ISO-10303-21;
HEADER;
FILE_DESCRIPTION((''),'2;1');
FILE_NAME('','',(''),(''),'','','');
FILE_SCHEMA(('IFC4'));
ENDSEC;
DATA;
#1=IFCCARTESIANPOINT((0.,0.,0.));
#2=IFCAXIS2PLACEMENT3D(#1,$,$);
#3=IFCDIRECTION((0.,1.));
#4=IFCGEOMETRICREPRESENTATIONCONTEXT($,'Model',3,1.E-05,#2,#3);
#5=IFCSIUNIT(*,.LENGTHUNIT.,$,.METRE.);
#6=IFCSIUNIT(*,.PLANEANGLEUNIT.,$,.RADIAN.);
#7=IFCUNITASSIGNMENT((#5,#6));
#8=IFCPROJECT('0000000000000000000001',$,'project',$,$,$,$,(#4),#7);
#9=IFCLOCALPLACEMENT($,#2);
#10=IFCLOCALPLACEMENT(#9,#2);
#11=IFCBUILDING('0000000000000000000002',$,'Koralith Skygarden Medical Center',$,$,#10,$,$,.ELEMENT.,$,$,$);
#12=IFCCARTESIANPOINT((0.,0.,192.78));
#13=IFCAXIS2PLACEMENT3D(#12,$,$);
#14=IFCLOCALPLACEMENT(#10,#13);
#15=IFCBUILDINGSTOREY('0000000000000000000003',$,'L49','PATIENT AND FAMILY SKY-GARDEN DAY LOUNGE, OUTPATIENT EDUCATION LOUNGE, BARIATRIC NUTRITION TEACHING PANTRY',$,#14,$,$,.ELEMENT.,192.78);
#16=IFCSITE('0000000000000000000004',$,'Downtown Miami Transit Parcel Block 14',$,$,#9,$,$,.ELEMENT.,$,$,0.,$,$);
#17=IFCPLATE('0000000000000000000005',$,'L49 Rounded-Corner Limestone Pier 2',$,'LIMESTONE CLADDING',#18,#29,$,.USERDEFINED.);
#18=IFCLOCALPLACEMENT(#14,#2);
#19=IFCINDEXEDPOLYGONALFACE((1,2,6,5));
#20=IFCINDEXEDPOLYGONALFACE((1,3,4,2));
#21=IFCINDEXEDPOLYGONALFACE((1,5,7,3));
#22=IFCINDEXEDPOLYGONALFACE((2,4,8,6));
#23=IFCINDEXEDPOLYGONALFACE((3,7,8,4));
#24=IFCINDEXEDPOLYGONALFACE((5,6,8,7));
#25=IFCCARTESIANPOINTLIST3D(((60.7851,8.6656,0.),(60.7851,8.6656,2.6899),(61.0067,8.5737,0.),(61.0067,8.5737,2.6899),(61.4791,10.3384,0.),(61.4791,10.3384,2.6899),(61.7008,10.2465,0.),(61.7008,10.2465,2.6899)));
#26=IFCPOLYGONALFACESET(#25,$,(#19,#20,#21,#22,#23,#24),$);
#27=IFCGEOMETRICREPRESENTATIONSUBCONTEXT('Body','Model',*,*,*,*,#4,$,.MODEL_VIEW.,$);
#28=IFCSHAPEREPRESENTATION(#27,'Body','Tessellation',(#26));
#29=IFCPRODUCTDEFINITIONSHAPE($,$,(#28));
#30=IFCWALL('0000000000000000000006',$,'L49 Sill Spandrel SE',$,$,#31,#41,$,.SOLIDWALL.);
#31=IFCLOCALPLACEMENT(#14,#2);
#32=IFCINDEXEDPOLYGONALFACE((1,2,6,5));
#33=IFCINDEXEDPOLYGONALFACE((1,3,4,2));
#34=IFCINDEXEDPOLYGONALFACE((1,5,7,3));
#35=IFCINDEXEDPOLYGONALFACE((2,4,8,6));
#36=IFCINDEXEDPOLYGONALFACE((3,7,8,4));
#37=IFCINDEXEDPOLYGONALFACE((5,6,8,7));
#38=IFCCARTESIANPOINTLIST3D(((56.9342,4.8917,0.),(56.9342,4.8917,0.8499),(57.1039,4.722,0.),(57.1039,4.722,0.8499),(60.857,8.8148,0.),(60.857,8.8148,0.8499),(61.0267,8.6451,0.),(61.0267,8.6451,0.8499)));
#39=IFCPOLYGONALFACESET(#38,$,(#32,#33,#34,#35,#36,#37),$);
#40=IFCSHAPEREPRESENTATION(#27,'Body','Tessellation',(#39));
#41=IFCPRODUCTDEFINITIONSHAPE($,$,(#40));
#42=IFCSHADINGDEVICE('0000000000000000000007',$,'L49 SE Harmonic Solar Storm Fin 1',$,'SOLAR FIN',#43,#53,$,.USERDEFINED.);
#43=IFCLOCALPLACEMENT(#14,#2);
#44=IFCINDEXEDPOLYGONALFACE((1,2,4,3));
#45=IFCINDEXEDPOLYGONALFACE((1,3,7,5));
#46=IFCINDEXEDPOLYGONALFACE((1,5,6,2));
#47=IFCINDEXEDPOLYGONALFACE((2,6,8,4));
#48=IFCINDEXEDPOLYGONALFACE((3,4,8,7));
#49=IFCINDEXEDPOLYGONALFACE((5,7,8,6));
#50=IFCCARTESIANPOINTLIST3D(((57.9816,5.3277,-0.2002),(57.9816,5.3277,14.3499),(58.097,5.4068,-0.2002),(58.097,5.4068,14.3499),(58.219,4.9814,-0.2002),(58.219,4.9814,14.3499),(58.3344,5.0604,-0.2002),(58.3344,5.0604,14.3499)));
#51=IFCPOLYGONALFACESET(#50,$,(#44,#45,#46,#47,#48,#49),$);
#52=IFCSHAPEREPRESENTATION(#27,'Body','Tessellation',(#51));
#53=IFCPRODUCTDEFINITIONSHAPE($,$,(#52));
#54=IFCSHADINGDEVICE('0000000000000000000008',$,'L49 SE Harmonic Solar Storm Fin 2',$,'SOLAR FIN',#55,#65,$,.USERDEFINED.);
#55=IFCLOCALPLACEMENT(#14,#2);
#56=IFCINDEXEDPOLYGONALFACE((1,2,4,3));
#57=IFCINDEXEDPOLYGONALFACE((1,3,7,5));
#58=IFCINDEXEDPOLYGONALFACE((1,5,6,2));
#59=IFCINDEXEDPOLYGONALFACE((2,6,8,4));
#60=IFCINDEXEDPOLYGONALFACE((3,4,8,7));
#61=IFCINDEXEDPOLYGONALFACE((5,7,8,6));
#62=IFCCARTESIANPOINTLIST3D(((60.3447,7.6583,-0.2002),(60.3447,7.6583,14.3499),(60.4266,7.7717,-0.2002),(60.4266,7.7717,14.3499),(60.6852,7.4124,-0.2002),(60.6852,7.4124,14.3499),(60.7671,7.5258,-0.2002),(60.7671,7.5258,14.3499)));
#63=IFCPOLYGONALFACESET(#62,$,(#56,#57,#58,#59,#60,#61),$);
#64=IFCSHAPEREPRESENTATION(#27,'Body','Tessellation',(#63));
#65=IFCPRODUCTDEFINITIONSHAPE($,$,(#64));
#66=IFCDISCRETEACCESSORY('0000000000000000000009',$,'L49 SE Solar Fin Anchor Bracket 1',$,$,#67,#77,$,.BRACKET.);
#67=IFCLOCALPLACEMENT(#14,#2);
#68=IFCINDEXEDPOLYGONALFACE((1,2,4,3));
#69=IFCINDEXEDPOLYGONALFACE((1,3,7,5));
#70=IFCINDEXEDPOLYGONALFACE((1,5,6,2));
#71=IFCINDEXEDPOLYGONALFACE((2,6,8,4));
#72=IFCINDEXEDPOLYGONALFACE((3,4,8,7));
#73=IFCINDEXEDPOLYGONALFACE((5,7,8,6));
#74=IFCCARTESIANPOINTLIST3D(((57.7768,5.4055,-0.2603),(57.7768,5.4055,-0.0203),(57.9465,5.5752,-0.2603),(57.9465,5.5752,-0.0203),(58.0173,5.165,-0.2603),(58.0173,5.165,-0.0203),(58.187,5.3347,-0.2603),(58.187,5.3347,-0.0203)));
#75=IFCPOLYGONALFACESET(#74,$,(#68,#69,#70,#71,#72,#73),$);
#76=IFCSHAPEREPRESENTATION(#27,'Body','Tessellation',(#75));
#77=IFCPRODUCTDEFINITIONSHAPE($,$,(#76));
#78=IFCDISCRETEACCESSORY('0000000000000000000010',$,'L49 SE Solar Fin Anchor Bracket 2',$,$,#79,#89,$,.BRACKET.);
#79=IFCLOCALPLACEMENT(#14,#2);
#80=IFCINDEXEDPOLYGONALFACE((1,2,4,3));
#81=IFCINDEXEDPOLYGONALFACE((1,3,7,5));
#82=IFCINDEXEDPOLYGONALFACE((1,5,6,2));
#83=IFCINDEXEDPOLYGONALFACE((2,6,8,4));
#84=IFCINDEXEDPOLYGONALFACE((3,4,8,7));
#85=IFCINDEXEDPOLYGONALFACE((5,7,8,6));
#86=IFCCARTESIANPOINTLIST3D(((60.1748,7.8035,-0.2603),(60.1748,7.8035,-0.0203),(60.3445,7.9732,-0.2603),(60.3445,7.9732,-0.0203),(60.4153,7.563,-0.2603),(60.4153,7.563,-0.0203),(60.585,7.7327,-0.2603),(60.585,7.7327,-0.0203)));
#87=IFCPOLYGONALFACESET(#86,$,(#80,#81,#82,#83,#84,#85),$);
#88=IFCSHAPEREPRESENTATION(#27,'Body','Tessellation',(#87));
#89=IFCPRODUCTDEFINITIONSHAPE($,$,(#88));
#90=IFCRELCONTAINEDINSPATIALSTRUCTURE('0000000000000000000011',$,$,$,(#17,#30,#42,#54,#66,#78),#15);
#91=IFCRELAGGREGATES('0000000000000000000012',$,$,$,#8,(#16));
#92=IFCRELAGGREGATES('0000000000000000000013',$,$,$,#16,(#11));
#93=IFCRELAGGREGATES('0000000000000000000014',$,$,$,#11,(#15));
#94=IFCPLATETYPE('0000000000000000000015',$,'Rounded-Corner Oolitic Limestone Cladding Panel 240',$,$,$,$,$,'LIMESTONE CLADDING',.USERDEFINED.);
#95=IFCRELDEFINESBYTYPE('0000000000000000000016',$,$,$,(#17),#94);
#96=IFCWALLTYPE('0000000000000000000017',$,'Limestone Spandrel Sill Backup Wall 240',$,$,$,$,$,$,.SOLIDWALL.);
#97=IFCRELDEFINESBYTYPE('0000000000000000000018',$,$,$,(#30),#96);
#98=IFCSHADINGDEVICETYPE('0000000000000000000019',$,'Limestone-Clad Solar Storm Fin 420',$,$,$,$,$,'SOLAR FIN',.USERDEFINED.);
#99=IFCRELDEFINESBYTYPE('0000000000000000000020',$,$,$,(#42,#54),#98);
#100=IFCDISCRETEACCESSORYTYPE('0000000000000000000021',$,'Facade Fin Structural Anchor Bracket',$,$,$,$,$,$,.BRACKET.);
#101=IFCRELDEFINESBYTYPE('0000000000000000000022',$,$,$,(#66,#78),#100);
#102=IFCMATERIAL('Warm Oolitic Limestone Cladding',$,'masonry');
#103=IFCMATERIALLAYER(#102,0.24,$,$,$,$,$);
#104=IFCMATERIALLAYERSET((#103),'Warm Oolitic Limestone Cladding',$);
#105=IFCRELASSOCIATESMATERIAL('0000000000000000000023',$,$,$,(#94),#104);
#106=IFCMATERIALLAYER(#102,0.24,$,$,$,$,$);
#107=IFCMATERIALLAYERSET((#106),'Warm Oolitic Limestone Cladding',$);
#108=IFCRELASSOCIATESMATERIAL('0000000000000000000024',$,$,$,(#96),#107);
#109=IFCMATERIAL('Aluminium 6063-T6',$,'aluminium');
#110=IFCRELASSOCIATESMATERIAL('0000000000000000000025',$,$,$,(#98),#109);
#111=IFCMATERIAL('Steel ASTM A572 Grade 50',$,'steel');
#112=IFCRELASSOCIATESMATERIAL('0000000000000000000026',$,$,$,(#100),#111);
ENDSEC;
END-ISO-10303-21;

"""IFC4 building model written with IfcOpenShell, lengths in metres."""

from ifc_helpers import new_model, si_unit, direction, frame, frame_2d, origin, origin_2d, place, context, subcontext, project, spatial, rectangle, extrude, material, layer, layer_set, type_object, element, save


model = new_model("IFC4")

# Units and contexts
model_context = context("Model", 3, precision=1e-05, world=origin(), true_north=direction((0.0, 1.0)))
body_context = subcontext(model_context, "Body", "Model", "MODEL_VIEW")
ifc_project = project(units=[si_unit("LENGTHUNIT", "METRE"), si_unit("PLANEANGLEUNIT", "RADIAN")], contexts=[model_context])

# Site, building, storey
site_placement = place(None, origin())
site = spatial("IfcSite", under=ifc_project, at=site_placement, Name="Downtown Miami Transit Parcel Block 14", CompositionType="ELEMENT", RefElevation=0.0)
building_placement = place(site_placement, origin())
building = spatial("IfcBuilding", under=site, at=building_placement, Name="Koralith Skygarden Medical Center", CompositionType="ELEMENT")
storey_placement = place(building_placement, frame((0.0, 0.0, 192.78)))
storey = spatial("IfcBuildingStorey", under=building, at=storey_placement, Name="L49", Description="PATIENT AND FAMILY SKY-GARDEN DAY LOUNGE, OUTPATIENT EDUCATION LOUNGE, BARIATRIC NUTRITION TEACHING PANTRY", CompositionType="ELEMENT", Elevation=192.78)

# Shared definitions
ifc_material_1 = material(Name="Aluminium 6063-T6", Category="aluminium")

# Plate
ifc_material_2 = material(Name="Warm Oolitic Limestone Cladding", Category="masonry")
ifc_layer_1 = layer(ifc_material_2, 0.24)
ifc_layer_set_1 = layer_set([ifc_layer_1], Name="Warm Oolitic Limestone Cladding")
plate_type_1 = type_object("IfcPlateType", Name="Rounded-Corner Oolitic Limestone Cladding Panel 240", ElementType="LIMESTONE CLADDING", PredefinedType="USERDEFINED", material=ifc_layer_set_1)
for number, where, z_axis, x_axis, name in (
    (1, (61.2429, 9.4561, 0.0), (0.0, 0.0, 1.0), (0.383214, 0.92366, 0.0), "L49 Rounded-Corner Limestone Pier 2"),
):
    element("IfcPlate", number, at=place(storey_placement, frame(where, z_axis=z_axis, x_axis=x_axis)), inside=storey, type_object=plate_type_1, Name=name, ObjectType="LIMESTONE CLADDING", PredefinedType="USERDEFINED", context=body_context, shape_type="SweptSolid", body=[
        extrude(rectangle(XDim=1.811, YDim=0.24, at=origin_2d()), origin(), (0.0, 0.0, 1.0), 2.6899),
    ])

# Wall
ifc_layer_2 = layer(ifc_material_2, 0.24)
ifc_layer_set_2 = layer_set([ifc_layer_2], Name="Warm Oolitic Limestone Cladding")
wall_type = type_object("IfcWallType", Name="Limestone Spandrel Sill Backup Wall 240", PredefinedType="SOLIDWALL", material=ifc_layer_set_2)
wall_placement = place(storey_placement, frame((57.019, 4.8069, 0.0), z_axis=(0.0, 0.0, 1.0), x_axis=(0.707085, 0.707129, 0.0)))
element("IfcWall", 2, at=wall_placement, inside=storey, type_object=wall_type, Name="L49 Sill Spandrel SE", PredefinedType="SOLIDWALL", context=body_context, shape_type="SweptSolid", body=[
    extrude(rectangle(XDim=5.5479, YDim=0.24, at=frame_2d((2.7739, 0.0))), origin(), (0.0, 0.0, 1.0), 0.8499),
])

# Shading devices
shading_device_type = type_object("IfcShadingDeviceType", Name="Limestone-Clad Solar Storm Fin 420", ElementType="SOLAR FIN", PredefinedType="USERDEFINED", material=ifc_material_1)
for number, where, z_axis, x_axis, name in (
    (3, (58.158, 5.1941, -0.2002), (0.0, 0.0, 1.0), (0.565341, -0.824857, 0.0), "L49 SE Harmonic Solar Storm Fin 1"),
    (4, (60.5559, 7.592, -0.2002), (0.0, 0.0, 1.0), (0.810727, -0.585425, 0.0), "L49 SE Harmonic Solar Storm Fin 2"),
):
    element("IfcShadingDevice", number, at=place(storey_placement, frame(where, z_axis=z_axis, x_axis=x_axis)), inside=storey, type_object=shading_device_type, Name=name, ObjectType="SOLAR FIN", PredefinedType="USERDEFINED", context=body_context, shape_type="SweptSolid", body=[
        extrude(rectangle(XDim=0.4199, YDim=0.1399, at=origin_2d()), origin(), (0.0, 0.0, 1.0), 14.55),
    ])

# Discrete accessories
ifc_material_3 = material(Name="Steel ASTM A572 Grade 50", Category="steel")
discrete_accessory_type = type_object("IfcDiscreteAccessoryType", Name="Facade Fin Structural Anchor Bracket", PredefinedType="BRACKET", material=ifc_material_3)
for number, where, z_axis, x_axis, name in (
    (5, (57.9819, 5.3701, -0.2603), (0.0, 0.0, 1.0), (0.707107, -0.707107, 0.0), "L49 SE Solar Fin Anchor Bracket 1"),
    (6, (60.3799, 7.7681, -0.2603), (0.0, 0.0, 1.0), (0.707107, -0.707107, 0.0), "L49 SE Solar Fin Anchor Bracket 2"),
):
    element("IfcDiscreteAccessory", number, at=place(storey_placement, frame(where, z_axis=z_axis, x_axis=x_axis)), inside=storey, type_object=discrete_accessory_type, Name=name, PredefinedType="BRACKET", context=body_context, shape_type="SweptSolid", body=[
        extrude(rectangle(XDim=0.3401, YDim=0.24, at=origin_2d()), origin(), (0.0, 0.0, 1.0), 0.24),
    ])

save(model, "model.ifc")
